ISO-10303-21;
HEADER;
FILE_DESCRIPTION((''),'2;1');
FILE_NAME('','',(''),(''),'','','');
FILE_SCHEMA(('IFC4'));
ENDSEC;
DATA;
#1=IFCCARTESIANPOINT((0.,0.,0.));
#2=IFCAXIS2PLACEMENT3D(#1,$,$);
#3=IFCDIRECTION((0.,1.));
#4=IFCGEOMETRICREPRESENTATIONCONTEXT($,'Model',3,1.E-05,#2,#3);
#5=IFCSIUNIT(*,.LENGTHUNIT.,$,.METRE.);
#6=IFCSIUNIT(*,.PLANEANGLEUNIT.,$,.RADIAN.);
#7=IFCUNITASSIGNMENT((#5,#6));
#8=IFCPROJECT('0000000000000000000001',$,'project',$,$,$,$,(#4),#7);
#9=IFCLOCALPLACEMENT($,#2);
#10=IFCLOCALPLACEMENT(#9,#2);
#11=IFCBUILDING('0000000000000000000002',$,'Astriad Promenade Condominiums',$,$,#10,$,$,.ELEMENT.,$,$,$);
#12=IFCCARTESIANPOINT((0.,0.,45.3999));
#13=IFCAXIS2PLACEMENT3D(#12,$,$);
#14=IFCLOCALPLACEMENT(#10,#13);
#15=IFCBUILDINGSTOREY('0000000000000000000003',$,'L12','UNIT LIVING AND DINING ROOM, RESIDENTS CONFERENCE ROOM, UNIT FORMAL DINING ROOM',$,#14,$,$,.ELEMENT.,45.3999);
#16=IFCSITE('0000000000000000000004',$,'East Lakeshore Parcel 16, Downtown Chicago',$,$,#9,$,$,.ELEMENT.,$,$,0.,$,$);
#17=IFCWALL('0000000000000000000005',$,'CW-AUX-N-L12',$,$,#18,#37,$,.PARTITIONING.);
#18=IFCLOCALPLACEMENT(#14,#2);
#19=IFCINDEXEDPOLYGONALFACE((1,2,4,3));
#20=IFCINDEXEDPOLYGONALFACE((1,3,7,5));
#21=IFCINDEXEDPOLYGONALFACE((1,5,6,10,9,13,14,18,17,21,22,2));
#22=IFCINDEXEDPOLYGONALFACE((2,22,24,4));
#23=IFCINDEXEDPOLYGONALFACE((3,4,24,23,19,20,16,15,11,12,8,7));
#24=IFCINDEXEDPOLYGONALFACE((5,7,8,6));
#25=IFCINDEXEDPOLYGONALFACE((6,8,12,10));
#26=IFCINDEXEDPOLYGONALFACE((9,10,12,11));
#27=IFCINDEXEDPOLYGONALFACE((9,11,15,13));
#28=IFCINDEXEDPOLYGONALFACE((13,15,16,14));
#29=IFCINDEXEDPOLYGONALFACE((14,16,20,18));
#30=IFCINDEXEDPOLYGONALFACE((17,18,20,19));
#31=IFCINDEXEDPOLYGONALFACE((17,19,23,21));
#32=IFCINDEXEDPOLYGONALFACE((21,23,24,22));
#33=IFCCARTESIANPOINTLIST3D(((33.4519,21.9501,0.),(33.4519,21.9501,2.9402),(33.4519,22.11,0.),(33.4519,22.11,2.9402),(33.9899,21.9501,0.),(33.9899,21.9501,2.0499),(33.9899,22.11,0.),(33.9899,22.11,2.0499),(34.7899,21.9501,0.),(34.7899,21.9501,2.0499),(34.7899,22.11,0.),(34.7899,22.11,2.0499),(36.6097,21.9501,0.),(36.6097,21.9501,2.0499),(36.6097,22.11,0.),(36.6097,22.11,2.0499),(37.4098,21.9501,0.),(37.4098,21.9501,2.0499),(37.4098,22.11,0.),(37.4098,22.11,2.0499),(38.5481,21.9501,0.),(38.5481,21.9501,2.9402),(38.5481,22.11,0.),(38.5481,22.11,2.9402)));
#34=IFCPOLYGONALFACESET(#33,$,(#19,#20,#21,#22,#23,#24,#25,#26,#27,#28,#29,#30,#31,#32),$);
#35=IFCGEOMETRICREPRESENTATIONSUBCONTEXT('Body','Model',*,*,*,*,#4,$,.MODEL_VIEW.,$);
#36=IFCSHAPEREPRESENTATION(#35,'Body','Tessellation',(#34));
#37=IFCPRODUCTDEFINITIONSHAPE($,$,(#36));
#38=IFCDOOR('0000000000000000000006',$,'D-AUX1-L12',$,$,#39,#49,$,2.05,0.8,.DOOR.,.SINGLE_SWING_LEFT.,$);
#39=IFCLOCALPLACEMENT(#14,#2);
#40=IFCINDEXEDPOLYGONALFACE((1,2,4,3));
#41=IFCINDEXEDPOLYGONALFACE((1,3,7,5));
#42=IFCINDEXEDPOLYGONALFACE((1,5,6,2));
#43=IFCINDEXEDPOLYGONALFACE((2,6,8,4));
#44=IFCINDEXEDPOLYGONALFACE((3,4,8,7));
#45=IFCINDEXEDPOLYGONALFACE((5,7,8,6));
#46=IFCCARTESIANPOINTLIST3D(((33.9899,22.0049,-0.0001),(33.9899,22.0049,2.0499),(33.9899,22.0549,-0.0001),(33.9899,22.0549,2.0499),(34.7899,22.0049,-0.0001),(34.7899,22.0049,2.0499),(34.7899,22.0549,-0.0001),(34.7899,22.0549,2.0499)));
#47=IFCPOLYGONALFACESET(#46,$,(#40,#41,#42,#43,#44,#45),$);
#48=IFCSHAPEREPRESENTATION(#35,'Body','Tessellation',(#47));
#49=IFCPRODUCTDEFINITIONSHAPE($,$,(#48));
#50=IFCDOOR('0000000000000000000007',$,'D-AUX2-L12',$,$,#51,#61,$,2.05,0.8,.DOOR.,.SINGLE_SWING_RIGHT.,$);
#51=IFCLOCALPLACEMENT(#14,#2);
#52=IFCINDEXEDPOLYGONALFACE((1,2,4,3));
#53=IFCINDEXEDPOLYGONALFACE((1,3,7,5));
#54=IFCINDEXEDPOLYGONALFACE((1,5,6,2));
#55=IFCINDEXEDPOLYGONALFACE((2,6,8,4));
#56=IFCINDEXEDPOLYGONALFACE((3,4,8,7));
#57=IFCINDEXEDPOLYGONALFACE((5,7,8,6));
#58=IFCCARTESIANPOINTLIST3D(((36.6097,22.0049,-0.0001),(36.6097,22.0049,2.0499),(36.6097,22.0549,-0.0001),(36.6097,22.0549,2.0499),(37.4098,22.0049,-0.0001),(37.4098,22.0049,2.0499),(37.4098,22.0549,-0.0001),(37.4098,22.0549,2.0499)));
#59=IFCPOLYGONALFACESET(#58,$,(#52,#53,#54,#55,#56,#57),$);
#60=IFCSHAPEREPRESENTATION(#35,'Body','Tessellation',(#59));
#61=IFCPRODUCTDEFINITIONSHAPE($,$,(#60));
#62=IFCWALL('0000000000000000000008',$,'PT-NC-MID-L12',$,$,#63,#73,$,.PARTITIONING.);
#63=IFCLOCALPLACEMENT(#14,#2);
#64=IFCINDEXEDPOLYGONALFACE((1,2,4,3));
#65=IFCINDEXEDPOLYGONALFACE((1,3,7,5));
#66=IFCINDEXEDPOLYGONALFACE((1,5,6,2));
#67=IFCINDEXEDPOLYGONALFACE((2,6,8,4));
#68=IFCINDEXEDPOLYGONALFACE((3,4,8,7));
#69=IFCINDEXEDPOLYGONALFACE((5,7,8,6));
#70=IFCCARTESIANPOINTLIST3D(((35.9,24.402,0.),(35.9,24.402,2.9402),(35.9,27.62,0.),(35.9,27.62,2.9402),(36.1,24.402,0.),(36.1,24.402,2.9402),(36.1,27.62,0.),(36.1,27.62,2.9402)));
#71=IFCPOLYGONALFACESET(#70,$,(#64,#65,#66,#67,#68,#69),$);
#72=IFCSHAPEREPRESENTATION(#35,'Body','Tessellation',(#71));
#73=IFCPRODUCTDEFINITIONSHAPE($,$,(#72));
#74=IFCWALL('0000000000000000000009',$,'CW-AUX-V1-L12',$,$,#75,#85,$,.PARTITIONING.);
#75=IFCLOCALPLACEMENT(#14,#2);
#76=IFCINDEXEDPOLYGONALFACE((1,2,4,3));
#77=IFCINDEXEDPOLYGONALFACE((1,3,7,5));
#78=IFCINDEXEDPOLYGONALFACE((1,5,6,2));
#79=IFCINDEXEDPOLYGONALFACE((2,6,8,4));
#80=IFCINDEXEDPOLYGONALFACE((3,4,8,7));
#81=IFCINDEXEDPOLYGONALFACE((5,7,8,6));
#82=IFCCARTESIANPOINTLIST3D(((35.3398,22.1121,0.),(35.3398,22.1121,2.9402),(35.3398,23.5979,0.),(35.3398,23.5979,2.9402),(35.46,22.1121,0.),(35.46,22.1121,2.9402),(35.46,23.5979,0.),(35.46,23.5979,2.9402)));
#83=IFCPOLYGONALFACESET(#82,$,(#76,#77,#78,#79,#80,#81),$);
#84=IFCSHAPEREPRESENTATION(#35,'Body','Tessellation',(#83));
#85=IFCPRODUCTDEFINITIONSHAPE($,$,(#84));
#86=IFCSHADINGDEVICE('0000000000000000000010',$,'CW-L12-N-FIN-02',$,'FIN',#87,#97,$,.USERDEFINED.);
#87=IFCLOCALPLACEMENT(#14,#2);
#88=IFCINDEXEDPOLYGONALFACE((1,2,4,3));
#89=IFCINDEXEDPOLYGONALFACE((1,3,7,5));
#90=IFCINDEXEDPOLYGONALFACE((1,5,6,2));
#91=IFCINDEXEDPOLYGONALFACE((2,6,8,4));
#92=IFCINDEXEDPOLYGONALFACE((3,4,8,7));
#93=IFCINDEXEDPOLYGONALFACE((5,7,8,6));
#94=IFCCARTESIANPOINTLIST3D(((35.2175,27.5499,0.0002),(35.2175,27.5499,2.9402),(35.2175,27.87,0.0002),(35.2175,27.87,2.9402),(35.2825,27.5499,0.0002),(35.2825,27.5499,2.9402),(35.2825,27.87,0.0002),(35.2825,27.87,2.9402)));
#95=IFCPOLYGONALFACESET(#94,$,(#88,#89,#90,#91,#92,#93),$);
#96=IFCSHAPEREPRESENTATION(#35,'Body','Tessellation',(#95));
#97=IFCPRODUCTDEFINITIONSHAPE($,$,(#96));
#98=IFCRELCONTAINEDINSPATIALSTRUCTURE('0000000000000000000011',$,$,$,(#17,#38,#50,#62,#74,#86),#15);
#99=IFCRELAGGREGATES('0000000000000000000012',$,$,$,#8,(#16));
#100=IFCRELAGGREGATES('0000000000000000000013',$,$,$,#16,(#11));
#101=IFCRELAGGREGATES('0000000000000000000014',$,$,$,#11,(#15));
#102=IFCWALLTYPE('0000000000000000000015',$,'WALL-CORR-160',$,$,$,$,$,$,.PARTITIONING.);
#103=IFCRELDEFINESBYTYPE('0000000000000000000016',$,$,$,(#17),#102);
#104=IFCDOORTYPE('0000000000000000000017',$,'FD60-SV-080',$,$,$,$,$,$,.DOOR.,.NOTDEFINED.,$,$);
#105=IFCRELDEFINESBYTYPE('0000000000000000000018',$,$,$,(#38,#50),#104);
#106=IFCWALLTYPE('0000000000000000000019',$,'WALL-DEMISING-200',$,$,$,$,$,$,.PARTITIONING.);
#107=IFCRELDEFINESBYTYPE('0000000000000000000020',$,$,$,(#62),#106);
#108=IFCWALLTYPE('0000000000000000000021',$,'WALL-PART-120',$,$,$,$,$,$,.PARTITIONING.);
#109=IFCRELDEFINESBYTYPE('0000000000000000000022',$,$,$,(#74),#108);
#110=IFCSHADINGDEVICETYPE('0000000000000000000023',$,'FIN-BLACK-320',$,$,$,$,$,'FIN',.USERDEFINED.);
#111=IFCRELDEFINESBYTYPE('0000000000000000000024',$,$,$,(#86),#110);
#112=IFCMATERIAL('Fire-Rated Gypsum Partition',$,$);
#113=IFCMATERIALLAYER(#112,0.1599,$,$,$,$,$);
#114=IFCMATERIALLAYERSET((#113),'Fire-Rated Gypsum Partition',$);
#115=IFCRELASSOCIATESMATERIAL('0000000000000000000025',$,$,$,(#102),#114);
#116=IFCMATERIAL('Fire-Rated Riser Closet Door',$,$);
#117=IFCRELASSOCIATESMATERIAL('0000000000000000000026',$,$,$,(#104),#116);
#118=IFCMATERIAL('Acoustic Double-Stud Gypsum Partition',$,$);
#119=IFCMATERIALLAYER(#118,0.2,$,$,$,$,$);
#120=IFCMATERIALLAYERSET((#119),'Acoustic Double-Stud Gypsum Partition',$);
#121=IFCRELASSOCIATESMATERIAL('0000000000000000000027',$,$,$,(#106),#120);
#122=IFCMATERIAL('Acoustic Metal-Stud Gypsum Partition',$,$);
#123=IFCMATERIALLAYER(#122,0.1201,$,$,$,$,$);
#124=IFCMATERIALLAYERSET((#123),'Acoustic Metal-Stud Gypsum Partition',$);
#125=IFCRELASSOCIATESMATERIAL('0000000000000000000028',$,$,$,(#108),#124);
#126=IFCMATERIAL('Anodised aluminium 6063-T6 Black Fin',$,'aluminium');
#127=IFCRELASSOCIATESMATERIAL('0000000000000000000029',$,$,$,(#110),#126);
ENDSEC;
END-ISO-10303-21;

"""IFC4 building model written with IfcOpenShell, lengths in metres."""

from ifc_helpers import new_model, si_unit, direction, frame, frame_2d, origin, origin_2d, place, context, subcontext, project, spatial, rectangle, extrude, source, transform, mapped, material, layer, layer_set, type_object, type_shapes, element, fill, save


model = new_model("IFC4")

# Units and contexts
model_context = context("Model", 3, precision=1e-05, world=origin(), true_north=direction((0.0, 1.0)))
body_context = subcontext(model_context, "Body", "Model", "MODEL_VIEW")
ifc_project = project(units=[si_unit("LENGTHUNIT", "METRE"), si_unit("PLANEANGLEUNIT", "RADIAN")], contexts=[model_context])

# Site, building, storey
site_placement = place(None, origin())
site = spatial("IfcSite", under=ifc_project, at=site_placement, Name="East Lakeshore Parcel 16, Downtown Chicago", CompositionType="ELEMENT", RefElevation=0.0)
building_placement = place(site_placement, origin())
building = spatial("IfcBuilding", under=site, at=building_placement, Name="Astriad Promenade Condominiums", CompositionType="ELEMENT")
storey_placement = place(building_placement, frame((0.0, 0.0, 45.3999)))
storey = spatial("IfcBuildingStorey", under=building, at=storey_placement, Name="L12", Description="UNIT LIVING AND DINING ROOM, RESIDENTS CONFERENCE ROOM, UNIT FORMAL DINING ROOM", CompositionType="ELEMENT", Elevation=45.3999)

# Shared definitions
ifc_material_1 = material(Name="Fire-Rated Gypsum Partition")
ifc_layer_1 = layer(ifc_material_1, 0.1599)
ifc_layer_set_1 = layer_set([ifc_layer_1], Name="Fire-Rated Gypsum Partition")
wall_type_1 = type_object("IfcWallType", Name="WALL-CORR-160", PredefinedType="PARTITIONING", material=ifc_layer_set_1)

# Wall, openings, doors
wall_1_placement = place(storey_placement, frame((33.4519, 22.03, 0.0), z_axis=(0.0, 0.0, 1.0), x_axis=(1.0, 0.0, 0.0)))
wall_1 = element("IfcWall", 1, at=wall_1_placement, inside=storey, type_object=wall_type_1, Name="CW-AUX-N-L12", PredefinedType="PARTITIONING", context=body_context, shape_type="SweptSolid", body=[
    extrude(rectangle(XDim=5.0962, YDim=0.1599, at=frame_2d((2.5481, 0.0))), origin(), (0.0, 0.0, 1.0), 2.9402),
])
opening_1_placement = place(wall_1_placement, frame((0.5381, 0.0, 0.0)))
opening_1 = element("IfcOpeningElement", 2, at=opening_1_placement, cuts=wall_1, PredefinedType="OPENING", context=body_context, shape_type="SweptSolid", body=[
    extrude(rectangle(XDim=0.8, YDim=2.05, at=frame_2d((0.3999, 1.0249))), frame((0.0, 0.0898, 0.0), z_axis=(0.0, -1.0, 0.0), x_axis=(1.0, 0.0, 0.0)), (0.0, 0.0, 1.0), 0.1799),
])
opening_2_placement = place(wall_1_placement, frame((3.158, 0.0, 0.0)))
opening_2 = element("IfcOpeningElement", 3, at=opening_2_placement, cuts=wall_1, PredefinedType="OPENING", context=body_context, shape_type="SweptSolid", body=[
    extrude(rectangle(XDim=0.8, YDim=2.05, at=frame_2d((0.3999, 1.0249))), frame((0.0, 0.0898, 0.0), z_axis=(0.0, -1.0, 0.0), x_axis=(1.0, 0.0, 0.0)), (0.0, 0.0, 1.0), 0.1799),
])
ifc_material_2 = material(Name="Fire-Rated Riser Closet Door")
door_type_1 = type_object("IfcDoorType", Name="FD60-SV-080", OperationType="NOTDEFINED", PredefinedType="DOOR", material=ifc_material_2)
shared_shape_1 = source(origin(), body_context, "Body", "SweptSolid", [
    extrude(rectangle(XDim=0.8, YDim=2.05, at=frame_2d((0.3999, 1.0249))), frame((0.0, 0.0249, 0.0), z_axis=(0.0, -1.0, 0.0), x_axis=(1.0, 0.0, 0.0)), (0.0, 0.0, 1.0), 0.05),
])
type_shapes(door_type_1, [shared_shape_1])
door_1_placement = place(opening_1_placement, origin())
door_1 = element("IfcDoor", 4, at=door_1_placement, inside=storey, type_object=door_type_1, Name="D-AUX1-L12", OperationType="SINGLE_SWING_LEFT", OverallHeight=2.05, OverallWidth=0.8, PredefinedType="DOOR", context=body_context, shape_type="MappedRepresentation", body=[
    mapped(shared_shape_1, transform((0.0, 0.0, 0.0), scale=1.0)),
])
fill(opening_1, door_1)
door_2_placement = place(opening_2_placement, origin())
door_2 = element("IfcDoor", 5, at=door_2_placement, inside=storey, type_object=door_type_1, Name="D-AUX2-L12", OperationType="SINGLE_SWING_RIGHT", OverallHeight=2.05, OverallWidth=0.8, PredefinedType="DOOR", context=body_context, shape_type="MappedRepresentation", body=[
    mapped(shared_shape_1, transform((0.0, 0.0, 0.0), scale=1.0)),
])
fill(opening_2, door_2)

# Walls
ifc_material_3 = material(Name="Acoustic Double-Stud Gypsum Partition")
ifc_layer_2 = layer(ifc_material_3, 0.2)
ifc_layer_set_2 = layer_set([ifc_layer_2], Name="Acoustic Double-Stud Gypsum Partition")
wall_type_2 = type_object("IfcWallType", Name="WALL-DEMISING-200", PredefinedType="PARTITIONING", material=ifc_layer_set_2)
wall_2_placement = place(storey_placement, frame((36.0, 24.4021, 0.0), z_axis=(0.0, 0.0, 1.0), x_axis=(0.0, 1.0, 0.0)))
element("IfcWall", 6, at=wall_2_placement, inside=storey, type_object=wall_type_2, Name="PT-NC-MID-L12", PredefinedType="PARTITIONING", context=body_context, shape_type="SweptSolid", body=[
    extrude(rectangle(XDim=3.218, YDim=0.2, at=frame_2d((1.6089, 0.0))), origin(), (0.0, 0.0, 1.0), 2.9402),
])
ifc_material_4 = material(Name="Acoustic Metal-Stud Gypsum Partition")
ifc_layer_3 = layer(ifc_material_4, 0.1201)
ifc_layer_set_3 = layer_set([ifc_layer_3], Name="Acoustic Metal-Stud Gypsum Partition")
wall_type_3 = type_object("IfcWallType", Name="WALL-PART-120", PredefinedType="PARTITIONING", material=ifc_layer_set_3)
wall_3_placement = place(storey_placement, frame((35.3999, 22.1121, 0.0), z_axis=(0.0, 0.0, 1.0), x_axis=(0.0, 1.0, 0.0)))
element("IfcWall", 7, at=wall_3_placement, inside=storey, type_object=wall_type_3, Name="CW-AUX-V1-L12", PredefinedType="PARTITIONING", context=body_context, shape_type="SweptSolid", body=[
    extrude(rectangle(XDim=1.4858, YDim=0.1201, at=frame_2d((0.7429, 0.0))), origin(), (0.0, 0.0, 1.0), 2.9402),
])

# Shading device
ifc_material_5 = material(Name="Anodised aluminium 6063-T6 Black Fin", Category="aluminium")
shading_device_type = type_object("IfcShadingDeviceType", Name="FIN-BLACK-320", ElementType="FIN", PredefinedType="USERDEFINED", material=ifc_material_5)
shared_shape_2 = source(origin(), body_context, "Body", "SweptSolid", [
    extrude(rectangle(XDim=0.0649, YDim=0.3201, at=origin_2d()), origin(), (0.0, 0.0, 1.0), 2.9399),
])
type_shapes(shading_device_type, [shared_shape_2])
shading_device_placement = place(storey_placement, frame((35.25, 27.71, 0.0002), z_axis=(0.0, 0.0, 1.0), x_axis=(1.0, 0.0, 0.0)))
element("IfcShadingDevice", 8, at=shading_device_placement, inside=storey, type_object=shading_device_type, Name="CW-L12-N-FIN-02", ObjectType="FIN", PredefinedType="USERDEFINED", context=body_context, shape_type="MappedRepresentation", body=[
    mapped(shared_shape_2, transform((0.0, 0.0, 0.0), scale=1.0)),
])

save(model, "model.ifc")
